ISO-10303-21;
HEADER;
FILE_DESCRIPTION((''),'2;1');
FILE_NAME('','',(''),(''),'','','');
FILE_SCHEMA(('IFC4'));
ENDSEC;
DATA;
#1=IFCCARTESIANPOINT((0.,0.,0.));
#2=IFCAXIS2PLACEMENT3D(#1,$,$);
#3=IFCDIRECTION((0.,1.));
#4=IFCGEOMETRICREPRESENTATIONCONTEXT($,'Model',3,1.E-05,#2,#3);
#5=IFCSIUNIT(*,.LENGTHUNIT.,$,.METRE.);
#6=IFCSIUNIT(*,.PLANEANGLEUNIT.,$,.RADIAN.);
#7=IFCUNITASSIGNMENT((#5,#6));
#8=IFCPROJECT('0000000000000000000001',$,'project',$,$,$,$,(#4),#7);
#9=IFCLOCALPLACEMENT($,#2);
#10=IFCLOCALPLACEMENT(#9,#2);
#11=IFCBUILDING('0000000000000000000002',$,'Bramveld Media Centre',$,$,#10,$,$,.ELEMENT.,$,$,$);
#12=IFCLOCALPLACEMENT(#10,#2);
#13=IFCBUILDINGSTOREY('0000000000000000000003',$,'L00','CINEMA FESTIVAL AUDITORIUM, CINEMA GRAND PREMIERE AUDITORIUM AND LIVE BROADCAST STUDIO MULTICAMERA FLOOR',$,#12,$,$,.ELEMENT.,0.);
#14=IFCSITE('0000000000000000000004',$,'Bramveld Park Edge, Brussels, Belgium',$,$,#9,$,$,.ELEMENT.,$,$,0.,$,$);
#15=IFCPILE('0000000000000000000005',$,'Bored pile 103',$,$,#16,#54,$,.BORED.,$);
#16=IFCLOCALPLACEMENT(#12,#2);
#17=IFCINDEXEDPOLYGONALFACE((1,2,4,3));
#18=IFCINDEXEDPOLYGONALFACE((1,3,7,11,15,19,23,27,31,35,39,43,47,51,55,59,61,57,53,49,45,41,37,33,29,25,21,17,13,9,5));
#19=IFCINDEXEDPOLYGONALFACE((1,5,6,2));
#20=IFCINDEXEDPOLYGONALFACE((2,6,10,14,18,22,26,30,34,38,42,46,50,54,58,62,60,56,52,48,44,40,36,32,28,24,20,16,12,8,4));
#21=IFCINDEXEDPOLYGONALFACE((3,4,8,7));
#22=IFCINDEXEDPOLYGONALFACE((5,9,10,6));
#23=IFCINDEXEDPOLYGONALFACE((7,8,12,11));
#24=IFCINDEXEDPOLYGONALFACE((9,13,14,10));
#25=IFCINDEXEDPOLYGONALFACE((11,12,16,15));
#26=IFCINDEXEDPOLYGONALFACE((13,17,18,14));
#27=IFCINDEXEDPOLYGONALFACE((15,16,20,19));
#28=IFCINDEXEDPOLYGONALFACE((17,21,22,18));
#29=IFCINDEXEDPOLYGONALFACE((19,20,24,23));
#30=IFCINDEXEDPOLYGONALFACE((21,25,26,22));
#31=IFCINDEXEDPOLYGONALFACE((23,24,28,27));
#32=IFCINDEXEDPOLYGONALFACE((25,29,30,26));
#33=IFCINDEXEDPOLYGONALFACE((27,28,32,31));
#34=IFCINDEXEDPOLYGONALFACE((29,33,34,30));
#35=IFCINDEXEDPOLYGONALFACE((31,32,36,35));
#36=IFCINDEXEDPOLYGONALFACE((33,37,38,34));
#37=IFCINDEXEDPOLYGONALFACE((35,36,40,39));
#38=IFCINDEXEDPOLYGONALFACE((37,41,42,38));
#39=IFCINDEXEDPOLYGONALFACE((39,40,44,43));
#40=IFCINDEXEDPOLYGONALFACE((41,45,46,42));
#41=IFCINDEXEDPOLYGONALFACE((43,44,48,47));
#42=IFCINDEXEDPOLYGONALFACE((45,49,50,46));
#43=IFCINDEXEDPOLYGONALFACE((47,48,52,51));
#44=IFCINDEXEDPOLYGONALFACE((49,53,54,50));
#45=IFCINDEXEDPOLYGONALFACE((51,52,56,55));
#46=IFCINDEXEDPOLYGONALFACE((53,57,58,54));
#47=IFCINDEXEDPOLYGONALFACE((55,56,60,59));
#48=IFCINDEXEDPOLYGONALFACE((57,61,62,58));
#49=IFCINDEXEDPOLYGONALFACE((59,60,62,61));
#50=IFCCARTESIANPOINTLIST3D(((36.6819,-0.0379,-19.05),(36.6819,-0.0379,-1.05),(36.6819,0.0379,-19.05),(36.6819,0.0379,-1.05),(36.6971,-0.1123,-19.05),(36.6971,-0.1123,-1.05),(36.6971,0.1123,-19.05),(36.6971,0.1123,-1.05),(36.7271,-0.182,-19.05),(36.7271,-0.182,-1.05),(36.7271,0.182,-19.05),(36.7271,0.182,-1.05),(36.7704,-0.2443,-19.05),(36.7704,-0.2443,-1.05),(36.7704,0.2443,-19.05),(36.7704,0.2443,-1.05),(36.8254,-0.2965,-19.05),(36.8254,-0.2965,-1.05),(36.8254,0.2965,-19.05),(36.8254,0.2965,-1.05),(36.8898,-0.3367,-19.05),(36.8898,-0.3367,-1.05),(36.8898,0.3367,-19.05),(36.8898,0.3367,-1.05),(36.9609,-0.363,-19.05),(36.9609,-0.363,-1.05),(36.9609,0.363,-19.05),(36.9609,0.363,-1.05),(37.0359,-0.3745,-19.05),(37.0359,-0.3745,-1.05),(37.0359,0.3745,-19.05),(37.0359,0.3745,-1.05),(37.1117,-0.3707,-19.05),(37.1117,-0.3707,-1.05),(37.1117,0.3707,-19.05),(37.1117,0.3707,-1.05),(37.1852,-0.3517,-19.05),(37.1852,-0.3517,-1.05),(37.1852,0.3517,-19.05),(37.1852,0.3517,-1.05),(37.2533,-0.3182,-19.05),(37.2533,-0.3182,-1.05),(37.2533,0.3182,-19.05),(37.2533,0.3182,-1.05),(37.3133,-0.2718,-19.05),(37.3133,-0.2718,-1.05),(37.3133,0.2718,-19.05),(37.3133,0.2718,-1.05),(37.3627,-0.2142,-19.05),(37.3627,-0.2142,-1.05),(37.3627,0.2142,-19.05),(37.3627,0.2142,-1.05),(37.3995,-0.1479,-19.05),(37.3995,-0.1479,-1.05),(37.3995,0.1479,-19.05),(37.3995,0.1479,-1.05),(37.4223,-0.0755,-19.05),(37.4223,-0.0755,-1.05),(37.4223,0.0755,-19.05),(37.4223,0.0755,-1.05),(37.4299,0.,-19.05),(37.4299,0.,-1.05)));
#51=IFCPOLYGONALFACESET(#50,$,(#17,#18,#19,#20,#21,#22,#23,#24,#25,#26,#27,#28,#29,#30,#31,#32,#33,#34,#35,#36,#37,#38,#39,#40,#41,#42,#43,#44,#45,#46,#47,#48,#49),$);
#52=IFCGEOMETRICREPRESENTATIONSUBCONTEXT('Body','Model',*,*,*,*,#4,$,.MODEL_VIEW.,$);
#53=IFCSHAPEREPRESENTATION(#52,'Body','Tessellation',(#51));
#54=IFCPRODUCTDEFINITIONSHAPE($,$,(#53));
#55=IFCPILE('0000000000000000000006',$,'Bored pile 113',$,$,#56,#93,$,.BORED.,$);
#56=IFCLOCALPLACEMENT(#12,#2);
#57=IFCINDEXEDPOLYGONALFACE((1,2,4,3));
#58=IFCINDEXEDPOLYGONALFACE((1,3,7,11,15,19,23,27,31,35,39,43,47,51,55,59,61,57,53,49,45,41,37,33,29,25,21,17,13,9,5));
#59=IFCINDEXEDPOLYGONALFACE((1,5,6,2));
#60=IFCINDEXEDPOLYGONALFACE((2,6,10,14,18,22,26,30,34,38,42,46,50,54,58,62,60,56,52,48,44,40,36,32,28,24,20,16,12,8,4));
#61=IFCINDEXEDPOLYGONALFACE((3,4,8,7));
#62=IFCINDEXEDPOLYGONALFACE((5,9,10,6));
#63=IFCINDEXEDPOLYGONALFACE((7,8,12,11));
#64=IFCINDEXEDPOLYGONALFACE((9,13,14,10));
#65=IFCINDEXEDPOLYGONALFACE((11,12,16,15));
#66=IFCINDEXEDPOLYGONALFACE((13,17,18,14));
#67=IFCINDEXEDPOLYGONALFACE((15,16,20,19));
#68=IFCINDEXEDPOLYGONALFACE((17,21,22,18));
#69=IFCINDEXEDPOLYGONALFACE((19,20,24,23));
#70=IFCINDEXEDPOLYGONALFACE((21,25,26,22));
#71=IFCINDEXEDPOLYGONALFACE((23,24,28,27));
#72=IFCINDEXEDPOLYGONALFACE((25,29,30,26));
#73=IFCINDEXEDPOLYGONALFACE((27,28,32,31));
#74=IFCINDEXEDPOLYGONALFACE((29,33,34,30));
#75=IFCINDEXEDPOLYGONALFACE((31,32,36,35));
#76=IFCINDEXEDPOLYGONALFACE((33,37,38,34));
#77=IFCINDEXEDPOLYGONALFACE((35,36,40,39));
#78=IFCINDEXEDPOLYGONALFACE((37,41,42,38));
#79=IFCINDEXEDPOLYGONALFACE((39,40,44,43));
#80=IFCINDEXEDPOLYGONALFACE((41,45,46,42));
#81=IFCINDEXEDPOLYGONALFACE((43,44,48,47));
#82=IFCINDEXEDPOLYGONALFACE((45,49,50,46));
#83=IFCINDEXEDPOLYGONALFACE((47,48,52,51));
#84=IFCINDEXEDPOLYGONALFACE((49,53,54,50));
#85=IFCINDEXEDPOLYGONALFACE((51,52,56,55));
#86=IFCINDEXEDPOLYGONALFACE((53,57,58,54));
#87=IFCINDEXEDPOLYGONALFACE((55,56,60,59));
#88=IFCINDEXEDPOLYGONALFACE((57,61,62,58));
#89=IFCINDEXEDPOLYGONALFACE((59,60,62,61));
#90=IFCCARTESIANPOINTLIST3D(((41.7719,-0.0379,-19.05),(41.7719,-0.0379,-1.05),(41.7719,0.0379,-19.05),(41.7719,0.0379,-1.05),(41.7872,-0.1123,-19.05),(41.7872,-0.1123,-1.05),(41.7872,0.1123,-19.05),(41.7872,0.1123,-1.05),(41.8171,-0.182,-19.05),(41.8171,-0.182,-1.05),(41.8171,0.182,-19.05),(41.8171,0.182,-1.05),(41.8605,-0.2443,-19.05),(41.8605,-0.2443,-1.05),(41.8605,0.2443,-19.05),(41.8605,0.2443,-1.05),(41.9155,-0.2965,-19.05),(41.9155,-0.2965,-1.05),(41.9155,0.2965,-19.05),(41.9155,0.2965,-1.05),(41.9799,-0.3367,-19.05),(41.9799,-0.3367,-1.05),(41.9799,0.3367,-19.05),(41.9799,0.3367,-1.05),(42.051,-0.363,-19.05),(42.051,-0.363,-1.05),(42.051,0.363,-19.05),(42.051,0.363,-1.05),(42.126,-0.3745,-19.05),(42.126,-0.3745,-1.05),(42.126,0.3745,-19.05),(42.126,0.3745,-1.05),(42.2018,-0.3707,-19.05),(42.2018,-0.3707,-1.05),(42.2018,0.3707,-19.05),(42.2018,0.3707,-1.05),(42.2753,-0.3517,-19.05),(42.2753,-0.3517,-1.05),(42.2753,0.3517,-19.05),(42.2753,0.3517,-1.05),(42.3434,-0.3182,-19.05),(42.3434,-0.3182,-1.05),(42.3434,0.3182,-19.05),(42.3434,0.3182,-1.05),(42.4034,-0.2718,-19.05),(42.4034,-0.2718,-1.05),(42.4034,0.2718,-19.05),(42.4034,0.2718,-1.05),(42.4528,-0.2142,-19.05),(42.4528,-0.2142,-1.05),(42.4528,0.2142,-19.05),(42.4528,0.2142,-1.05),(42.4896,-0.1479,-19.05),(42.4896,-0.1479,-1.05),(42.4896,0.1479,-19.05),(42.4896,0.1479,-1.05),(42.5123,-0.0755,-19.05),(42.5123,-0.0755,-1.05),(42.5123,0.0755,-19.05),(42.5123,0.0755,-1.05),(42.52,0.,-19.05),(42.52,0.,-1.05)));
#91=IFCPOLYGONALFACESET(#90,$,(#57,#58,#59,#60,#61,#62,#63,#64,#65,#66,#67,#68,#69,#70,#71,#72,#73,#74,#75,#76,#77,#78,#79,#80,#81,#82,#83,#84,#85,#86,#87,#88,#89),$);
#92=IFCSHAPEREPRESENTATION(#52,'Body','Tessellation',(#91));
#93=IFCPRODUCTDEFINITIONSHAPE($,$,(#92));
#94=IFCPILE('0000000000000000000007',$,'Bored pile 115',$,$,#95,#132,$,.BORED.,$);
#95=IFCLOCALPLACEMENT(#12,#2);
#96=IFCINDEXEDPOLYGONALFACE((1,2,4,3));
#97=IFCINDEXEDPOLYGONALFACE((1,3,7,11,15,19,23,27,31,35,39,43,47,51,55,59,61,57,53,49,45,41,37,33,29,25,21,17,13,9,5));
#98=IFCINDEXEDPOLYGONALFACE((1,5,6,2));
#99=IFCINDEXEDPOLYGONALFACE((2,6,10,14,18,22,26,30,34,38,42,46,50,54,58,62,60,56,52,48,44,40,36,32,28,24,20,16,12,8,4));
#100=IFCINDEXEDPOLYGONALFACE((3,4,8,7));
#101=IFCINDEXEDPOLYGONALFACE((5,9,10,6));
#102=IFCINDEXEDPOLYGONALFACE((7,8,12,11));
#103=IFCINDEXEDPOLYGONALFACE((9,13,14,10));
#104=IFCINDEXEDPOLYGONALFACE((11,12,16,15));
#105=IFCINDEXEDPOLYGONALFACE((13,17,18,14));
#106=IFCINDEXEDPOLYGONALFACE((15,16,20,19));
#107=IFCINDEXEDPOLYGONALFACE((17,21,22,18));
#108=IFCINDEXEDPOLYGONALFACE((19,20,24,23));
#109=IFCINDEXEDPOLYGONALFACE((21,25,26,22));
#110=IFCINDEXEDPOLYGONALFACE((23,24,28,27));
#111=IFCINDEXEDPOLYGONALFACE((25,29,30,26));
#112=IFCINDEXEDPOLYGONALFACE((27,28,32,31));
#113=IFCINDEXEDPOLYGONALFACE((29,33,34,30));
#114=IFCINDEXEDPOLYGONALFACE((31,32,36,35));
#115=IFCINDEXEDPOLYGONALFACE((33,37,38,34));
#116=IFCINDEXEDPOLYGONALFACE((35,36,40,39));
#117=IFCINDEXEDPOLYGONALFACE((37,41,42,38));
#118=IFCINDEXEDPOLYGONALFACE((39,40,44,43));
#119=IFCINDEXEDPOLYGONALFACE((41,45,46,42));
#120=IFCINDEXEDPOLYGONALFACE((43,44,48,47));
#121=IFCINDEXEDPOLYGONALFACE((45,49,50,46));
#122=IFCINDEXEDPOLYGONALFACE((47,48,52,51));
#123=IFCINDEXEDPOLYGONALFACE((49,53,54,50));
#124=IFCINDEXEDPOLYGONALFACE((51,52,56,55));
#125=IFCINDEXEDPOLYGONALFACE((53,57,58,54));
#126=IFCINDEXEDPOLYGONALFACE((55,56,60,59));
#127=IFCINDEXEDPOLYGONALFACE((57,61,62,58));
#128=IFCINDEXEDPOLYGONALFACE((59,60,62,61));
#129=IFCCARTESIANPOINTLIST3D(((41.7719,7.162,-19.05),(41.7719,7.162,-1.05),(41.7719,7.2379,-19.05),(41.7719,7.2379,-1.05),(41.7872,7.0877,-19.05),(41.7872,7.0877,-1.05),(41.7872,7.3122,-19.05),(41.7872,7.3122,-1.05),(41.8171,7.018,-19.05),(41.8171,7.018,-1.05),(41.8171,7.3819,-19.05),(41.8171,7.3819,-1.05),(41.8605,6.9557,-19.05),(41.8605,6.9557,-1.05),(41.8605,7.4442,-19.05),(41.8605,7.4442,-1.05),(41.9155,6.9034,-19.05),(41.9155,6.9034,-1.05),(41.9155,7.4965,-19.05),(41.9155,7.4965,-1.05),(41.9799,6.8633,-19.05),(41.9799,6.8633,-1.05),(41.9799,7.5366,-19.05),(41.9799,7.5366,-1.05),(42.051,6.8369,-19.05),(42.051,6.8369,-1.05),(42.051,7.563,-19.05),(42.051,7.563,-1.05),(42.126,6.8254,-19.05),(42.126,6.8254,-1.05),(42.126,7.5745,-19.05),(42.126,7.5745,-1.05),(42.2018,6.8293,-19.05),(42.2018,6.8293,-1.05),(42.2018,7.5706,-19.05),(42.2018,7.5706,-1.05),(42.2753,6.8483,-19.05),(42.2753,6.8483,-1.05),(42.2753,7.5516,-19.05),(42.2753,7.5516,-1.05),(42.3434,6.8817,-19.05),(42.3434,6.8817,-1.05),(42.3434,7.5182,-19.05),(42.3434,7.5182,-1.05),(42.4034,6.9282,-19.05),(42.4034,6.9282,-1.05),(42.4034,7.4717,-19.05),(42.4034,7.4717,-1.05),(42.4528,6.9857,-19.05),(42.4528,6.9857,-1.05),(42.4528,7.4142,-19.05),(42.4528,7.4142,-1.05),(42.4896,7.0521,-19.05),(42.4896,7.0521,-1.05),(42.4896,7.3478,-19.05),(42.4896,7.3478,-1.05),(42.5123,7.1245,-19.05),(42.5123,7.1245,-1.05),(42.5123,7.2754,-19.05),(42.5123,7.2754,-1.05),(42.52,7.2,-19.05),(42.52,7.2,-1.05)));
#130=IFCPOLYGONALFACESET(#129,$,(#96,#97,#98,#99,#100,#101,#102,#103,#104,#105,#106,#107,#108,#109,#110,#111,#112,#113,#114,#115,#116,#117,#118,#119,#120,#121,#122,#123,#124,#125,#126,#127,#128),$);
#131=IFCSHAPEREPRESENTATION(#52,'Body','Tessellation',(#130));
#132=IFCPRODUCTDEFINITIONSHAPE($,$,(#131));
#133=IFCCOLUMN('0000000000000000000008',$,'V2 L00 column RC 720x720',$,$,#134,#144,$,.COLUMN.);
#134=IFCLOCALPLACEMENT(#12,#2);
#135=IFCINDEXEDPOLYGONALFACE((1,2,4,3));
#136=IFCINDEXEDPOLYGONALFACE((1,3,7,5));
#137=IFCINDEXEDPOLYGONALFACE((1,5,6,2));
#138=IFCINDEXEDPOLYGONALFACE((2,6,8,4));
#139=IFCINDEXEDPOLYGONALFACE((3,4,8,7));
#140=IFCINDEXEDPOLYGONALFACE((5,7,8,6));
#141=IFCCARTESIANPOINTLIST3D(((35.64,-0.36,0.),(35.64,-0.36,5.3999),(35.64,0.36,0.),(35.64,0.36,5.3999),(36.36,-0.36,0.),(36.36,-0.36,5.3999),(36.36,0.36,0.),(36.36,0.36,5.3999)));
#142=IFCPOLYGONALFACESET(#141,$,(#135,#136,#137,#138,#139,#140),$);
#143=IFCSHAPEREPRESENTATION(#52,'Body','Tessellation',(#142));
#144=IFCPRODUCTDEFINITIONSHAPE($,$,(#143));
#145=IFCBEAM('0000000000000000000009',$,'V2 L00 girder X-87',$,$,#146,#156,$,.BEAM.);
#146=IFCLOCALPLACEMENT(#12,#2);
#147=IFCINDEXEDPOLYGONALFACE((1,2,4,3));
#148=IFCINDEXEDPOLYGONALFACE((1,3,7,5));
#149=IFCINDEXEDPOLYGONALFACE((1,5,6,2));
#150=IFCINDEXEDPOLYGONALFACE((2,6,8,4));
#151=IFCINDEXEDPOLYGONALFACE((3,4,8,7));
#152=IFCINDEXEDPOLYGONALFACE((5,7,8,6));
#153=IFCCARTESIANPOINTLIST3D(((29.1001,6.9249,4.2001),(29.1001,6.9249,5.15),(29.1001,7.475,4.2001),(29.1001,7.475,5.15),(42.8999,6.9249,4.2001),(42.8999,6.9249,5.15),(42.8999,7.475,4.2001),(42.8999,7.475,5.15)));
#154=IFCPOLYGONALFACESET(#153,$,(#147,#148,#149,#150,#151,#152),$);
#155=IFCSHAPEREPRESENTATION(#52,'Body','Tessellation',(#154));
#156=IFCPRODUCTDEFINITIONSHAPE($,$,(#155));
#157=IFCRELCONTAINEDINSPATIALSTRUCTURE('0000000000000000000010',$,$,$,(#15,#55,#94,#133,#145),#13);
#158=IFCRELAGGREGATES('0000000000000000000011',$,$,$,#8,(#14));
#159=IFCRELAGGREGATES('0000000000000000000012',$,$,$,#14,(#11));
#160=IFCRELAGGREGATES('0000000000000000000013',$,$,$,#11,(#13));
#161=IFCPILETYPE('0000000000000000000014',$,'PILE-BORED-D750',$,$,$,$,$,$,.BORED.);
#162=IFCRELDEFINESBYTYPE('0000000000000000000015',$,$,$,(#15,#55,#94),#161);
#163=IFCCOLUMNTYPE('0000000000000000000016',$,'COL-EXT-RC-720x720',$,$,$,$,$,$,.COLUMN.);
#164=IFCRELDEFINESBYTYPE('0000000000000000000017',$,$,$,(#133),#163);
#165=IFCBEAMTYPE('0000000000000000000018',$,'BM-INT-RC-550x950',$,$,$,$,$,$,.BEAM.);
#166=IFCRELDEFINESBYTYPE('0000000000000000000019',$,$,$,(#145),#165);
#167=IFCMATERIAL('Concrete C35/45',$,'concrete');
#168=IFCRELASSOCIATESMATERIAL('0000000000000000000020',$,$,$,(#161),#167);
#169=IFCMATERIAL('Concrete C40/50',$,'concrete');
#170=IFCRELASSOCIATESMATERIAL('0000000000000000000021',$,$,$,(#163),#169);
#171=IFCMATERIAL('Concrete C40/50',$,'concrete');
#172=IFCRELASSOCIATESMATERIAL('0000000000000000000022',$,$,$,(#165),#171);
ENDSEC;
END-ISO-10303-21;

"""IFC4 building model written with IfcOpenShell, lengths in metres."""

from ifc_helpers import new_model, si_unit, direction, frame, origin, origin_2d, place, context, subcontext, project, spatial, rectangle, circle, extrude, material, material_profile, profile_set, type_object, element, save


model = new_model("IFC4")

# Units and contexts
model_context = context("Model", 3, precision=1e-05, world=origin(), true_north=direction((0.0, 1.0)))
body_context = subcontext(model_context, "Body", "Model", "MODEL_VIEW")
ifc_project = project(units=[si_unit("LENGTHUNIT", "METRE"), si_unit("PLANEANGLEUNIT", "RADIAN")], contexts=[model_context])

# Site, building, storey
site_placement = place(None, origin())
site = spatial("IfcSite", under=ifc_project, at=site_placement, Name="Bramveld Park Edge, Brussels, Belgium", CompositionType="ELEMENT", RefElevation=0.0)
building_placement = place(site_placement, origin())
building = spatial("IfcBuilding", under=site, at=building_placement, Name="Bramveld Media Centre", CompositionType="ELEMENT")
storey_placement = place(building_placement, origin())
storey = spatial("IfcBuildingStorey", under=building, at=storey_placement, Name="L00", Description="CINEMA FESTIVAL AUDITORIUM, CINEMA GRAND PREMIERE AUDITORIUM AND LIVE BROADCAST STUDIO MULTICAMERA FLOOR", CompositionType="ELEMENT", Elevation=0.0)

# Piles
ifc_material_1 = material(Name="Concrete C35/45", Category="concrete")
ifc_material_profile_1 = material_profile(ifc_material_1, circle(Radius=0.375, at=origin_2d()), Name="BORED D750")
ifc_profile_set_1 = profile_set([ifc_material_profile_1], Name="Concrete C35/45")
pile_type = type_object("IfcPileType", Name="PILE-BORED-D750", PredefinedType="BORED", material=ifc_profile_set_1)
for number, where, z_axis, x_axis, name in (
    (1, (37.0549, 0.0, -1.05), (0.0, 0.0, -1.0), (1.0, 0.0, 0.0), "Bored pile 103"),
    (2, (42.145, 0.0, -1.05), (0.0, 0.0, -1.0), (1.0, 0.0, 0.0), "Bored pile 113"),
    (3, (42.145, 7.2, -1.05), (0.0, 0.0, -1.0), (1.0, 0.0, 0.0), "Bored pile 115"),
):
    element("IfcPile", number, at=place(storey_placement, frame(where, z_axis=z_axis, x_axis=x_axis)), inside=storey, type_object=pile_type, Name=name, PredefinedType="BORED", context=body_context, shape_type="SweptSolid", body=[
        extrude(circle(Radius=0.375, at=origin_2d()), origin(), (0.0, 0.0, 1.0), 18.0),
    ])

# Column
ifc_material_2 = material(Name="Concrete C40/50", Category="concrete")
ifc_material_profile_2 = material_profile(ifc_material_2, rectangle(XDim=0.72, YDim=0.72, at=origin_2d()), Name="RC 720x720")
ifc_profile_set_2 = profile_set([ifc_material_profile_2], Name="Concrete C40/50")
column_type = type_object("IfcColumnType", Name="COL-EXT-RC-720x720", PredefinedType="COLUMN", material=ifc_profile_set_2)
column_placement = place(storey_placement, frame((36.0, 0.0, 0.0), z_axis=(0.0, 0.0, 1.0), x_axis=(1.0, 0.0, 0.0)))
element("IfcColumn", 4, at=column_placement, inside=storey, type_object=column_type, Name="V2 L00 column RC 720x720", PredefinedType="COLUMN", context=body_context, shape_type="SweptSolid", body=[
    extrude(rectangle(XDim=0.72, YDim=0.72, at=origin_2d()), origin(), (0.0, 0.0, 1.0), 5.3999),
])

# Beam
ifc_material_3 = material(Name="Concrete C40/50", Category="concrete")
ifc_material_profile_3 = material_profile(ifc_material_3, rectangle(XDim=0.55, YDim=0.95, at=origin_2d()), Name="RC 550x950")
ifc_profile_set_3 = profile_set([ifc_material_profile_3], Name="Concrete C40/50")
beam_type = type_object("IfcBeamType", Name="BM-INT-RC-550x950", PredefinedType="BEAM", material=ifc_profile_set_3)
beam_placement = place(storey_placement, frame((29.1001, 7.2, 4.675), z_axis=(1.0, 0.0, 0.0), x_axis=(0.0, 1.0, 0.0)))
element("IfcBeam", 5, at=beam_placement, inside=storey, type_object=beam_type, Name="V2 L00 girder X-87", PredefinedType="BEAM", context=body_context, shape_type="SweptSolid", body=[
    extrude(rectangle(XDim=0.55, YDim=0.95, at=origin_2d()), origin(), (0.0, 0.0, 1.0), 13.7998),
])

save(model, "model.ifc")
